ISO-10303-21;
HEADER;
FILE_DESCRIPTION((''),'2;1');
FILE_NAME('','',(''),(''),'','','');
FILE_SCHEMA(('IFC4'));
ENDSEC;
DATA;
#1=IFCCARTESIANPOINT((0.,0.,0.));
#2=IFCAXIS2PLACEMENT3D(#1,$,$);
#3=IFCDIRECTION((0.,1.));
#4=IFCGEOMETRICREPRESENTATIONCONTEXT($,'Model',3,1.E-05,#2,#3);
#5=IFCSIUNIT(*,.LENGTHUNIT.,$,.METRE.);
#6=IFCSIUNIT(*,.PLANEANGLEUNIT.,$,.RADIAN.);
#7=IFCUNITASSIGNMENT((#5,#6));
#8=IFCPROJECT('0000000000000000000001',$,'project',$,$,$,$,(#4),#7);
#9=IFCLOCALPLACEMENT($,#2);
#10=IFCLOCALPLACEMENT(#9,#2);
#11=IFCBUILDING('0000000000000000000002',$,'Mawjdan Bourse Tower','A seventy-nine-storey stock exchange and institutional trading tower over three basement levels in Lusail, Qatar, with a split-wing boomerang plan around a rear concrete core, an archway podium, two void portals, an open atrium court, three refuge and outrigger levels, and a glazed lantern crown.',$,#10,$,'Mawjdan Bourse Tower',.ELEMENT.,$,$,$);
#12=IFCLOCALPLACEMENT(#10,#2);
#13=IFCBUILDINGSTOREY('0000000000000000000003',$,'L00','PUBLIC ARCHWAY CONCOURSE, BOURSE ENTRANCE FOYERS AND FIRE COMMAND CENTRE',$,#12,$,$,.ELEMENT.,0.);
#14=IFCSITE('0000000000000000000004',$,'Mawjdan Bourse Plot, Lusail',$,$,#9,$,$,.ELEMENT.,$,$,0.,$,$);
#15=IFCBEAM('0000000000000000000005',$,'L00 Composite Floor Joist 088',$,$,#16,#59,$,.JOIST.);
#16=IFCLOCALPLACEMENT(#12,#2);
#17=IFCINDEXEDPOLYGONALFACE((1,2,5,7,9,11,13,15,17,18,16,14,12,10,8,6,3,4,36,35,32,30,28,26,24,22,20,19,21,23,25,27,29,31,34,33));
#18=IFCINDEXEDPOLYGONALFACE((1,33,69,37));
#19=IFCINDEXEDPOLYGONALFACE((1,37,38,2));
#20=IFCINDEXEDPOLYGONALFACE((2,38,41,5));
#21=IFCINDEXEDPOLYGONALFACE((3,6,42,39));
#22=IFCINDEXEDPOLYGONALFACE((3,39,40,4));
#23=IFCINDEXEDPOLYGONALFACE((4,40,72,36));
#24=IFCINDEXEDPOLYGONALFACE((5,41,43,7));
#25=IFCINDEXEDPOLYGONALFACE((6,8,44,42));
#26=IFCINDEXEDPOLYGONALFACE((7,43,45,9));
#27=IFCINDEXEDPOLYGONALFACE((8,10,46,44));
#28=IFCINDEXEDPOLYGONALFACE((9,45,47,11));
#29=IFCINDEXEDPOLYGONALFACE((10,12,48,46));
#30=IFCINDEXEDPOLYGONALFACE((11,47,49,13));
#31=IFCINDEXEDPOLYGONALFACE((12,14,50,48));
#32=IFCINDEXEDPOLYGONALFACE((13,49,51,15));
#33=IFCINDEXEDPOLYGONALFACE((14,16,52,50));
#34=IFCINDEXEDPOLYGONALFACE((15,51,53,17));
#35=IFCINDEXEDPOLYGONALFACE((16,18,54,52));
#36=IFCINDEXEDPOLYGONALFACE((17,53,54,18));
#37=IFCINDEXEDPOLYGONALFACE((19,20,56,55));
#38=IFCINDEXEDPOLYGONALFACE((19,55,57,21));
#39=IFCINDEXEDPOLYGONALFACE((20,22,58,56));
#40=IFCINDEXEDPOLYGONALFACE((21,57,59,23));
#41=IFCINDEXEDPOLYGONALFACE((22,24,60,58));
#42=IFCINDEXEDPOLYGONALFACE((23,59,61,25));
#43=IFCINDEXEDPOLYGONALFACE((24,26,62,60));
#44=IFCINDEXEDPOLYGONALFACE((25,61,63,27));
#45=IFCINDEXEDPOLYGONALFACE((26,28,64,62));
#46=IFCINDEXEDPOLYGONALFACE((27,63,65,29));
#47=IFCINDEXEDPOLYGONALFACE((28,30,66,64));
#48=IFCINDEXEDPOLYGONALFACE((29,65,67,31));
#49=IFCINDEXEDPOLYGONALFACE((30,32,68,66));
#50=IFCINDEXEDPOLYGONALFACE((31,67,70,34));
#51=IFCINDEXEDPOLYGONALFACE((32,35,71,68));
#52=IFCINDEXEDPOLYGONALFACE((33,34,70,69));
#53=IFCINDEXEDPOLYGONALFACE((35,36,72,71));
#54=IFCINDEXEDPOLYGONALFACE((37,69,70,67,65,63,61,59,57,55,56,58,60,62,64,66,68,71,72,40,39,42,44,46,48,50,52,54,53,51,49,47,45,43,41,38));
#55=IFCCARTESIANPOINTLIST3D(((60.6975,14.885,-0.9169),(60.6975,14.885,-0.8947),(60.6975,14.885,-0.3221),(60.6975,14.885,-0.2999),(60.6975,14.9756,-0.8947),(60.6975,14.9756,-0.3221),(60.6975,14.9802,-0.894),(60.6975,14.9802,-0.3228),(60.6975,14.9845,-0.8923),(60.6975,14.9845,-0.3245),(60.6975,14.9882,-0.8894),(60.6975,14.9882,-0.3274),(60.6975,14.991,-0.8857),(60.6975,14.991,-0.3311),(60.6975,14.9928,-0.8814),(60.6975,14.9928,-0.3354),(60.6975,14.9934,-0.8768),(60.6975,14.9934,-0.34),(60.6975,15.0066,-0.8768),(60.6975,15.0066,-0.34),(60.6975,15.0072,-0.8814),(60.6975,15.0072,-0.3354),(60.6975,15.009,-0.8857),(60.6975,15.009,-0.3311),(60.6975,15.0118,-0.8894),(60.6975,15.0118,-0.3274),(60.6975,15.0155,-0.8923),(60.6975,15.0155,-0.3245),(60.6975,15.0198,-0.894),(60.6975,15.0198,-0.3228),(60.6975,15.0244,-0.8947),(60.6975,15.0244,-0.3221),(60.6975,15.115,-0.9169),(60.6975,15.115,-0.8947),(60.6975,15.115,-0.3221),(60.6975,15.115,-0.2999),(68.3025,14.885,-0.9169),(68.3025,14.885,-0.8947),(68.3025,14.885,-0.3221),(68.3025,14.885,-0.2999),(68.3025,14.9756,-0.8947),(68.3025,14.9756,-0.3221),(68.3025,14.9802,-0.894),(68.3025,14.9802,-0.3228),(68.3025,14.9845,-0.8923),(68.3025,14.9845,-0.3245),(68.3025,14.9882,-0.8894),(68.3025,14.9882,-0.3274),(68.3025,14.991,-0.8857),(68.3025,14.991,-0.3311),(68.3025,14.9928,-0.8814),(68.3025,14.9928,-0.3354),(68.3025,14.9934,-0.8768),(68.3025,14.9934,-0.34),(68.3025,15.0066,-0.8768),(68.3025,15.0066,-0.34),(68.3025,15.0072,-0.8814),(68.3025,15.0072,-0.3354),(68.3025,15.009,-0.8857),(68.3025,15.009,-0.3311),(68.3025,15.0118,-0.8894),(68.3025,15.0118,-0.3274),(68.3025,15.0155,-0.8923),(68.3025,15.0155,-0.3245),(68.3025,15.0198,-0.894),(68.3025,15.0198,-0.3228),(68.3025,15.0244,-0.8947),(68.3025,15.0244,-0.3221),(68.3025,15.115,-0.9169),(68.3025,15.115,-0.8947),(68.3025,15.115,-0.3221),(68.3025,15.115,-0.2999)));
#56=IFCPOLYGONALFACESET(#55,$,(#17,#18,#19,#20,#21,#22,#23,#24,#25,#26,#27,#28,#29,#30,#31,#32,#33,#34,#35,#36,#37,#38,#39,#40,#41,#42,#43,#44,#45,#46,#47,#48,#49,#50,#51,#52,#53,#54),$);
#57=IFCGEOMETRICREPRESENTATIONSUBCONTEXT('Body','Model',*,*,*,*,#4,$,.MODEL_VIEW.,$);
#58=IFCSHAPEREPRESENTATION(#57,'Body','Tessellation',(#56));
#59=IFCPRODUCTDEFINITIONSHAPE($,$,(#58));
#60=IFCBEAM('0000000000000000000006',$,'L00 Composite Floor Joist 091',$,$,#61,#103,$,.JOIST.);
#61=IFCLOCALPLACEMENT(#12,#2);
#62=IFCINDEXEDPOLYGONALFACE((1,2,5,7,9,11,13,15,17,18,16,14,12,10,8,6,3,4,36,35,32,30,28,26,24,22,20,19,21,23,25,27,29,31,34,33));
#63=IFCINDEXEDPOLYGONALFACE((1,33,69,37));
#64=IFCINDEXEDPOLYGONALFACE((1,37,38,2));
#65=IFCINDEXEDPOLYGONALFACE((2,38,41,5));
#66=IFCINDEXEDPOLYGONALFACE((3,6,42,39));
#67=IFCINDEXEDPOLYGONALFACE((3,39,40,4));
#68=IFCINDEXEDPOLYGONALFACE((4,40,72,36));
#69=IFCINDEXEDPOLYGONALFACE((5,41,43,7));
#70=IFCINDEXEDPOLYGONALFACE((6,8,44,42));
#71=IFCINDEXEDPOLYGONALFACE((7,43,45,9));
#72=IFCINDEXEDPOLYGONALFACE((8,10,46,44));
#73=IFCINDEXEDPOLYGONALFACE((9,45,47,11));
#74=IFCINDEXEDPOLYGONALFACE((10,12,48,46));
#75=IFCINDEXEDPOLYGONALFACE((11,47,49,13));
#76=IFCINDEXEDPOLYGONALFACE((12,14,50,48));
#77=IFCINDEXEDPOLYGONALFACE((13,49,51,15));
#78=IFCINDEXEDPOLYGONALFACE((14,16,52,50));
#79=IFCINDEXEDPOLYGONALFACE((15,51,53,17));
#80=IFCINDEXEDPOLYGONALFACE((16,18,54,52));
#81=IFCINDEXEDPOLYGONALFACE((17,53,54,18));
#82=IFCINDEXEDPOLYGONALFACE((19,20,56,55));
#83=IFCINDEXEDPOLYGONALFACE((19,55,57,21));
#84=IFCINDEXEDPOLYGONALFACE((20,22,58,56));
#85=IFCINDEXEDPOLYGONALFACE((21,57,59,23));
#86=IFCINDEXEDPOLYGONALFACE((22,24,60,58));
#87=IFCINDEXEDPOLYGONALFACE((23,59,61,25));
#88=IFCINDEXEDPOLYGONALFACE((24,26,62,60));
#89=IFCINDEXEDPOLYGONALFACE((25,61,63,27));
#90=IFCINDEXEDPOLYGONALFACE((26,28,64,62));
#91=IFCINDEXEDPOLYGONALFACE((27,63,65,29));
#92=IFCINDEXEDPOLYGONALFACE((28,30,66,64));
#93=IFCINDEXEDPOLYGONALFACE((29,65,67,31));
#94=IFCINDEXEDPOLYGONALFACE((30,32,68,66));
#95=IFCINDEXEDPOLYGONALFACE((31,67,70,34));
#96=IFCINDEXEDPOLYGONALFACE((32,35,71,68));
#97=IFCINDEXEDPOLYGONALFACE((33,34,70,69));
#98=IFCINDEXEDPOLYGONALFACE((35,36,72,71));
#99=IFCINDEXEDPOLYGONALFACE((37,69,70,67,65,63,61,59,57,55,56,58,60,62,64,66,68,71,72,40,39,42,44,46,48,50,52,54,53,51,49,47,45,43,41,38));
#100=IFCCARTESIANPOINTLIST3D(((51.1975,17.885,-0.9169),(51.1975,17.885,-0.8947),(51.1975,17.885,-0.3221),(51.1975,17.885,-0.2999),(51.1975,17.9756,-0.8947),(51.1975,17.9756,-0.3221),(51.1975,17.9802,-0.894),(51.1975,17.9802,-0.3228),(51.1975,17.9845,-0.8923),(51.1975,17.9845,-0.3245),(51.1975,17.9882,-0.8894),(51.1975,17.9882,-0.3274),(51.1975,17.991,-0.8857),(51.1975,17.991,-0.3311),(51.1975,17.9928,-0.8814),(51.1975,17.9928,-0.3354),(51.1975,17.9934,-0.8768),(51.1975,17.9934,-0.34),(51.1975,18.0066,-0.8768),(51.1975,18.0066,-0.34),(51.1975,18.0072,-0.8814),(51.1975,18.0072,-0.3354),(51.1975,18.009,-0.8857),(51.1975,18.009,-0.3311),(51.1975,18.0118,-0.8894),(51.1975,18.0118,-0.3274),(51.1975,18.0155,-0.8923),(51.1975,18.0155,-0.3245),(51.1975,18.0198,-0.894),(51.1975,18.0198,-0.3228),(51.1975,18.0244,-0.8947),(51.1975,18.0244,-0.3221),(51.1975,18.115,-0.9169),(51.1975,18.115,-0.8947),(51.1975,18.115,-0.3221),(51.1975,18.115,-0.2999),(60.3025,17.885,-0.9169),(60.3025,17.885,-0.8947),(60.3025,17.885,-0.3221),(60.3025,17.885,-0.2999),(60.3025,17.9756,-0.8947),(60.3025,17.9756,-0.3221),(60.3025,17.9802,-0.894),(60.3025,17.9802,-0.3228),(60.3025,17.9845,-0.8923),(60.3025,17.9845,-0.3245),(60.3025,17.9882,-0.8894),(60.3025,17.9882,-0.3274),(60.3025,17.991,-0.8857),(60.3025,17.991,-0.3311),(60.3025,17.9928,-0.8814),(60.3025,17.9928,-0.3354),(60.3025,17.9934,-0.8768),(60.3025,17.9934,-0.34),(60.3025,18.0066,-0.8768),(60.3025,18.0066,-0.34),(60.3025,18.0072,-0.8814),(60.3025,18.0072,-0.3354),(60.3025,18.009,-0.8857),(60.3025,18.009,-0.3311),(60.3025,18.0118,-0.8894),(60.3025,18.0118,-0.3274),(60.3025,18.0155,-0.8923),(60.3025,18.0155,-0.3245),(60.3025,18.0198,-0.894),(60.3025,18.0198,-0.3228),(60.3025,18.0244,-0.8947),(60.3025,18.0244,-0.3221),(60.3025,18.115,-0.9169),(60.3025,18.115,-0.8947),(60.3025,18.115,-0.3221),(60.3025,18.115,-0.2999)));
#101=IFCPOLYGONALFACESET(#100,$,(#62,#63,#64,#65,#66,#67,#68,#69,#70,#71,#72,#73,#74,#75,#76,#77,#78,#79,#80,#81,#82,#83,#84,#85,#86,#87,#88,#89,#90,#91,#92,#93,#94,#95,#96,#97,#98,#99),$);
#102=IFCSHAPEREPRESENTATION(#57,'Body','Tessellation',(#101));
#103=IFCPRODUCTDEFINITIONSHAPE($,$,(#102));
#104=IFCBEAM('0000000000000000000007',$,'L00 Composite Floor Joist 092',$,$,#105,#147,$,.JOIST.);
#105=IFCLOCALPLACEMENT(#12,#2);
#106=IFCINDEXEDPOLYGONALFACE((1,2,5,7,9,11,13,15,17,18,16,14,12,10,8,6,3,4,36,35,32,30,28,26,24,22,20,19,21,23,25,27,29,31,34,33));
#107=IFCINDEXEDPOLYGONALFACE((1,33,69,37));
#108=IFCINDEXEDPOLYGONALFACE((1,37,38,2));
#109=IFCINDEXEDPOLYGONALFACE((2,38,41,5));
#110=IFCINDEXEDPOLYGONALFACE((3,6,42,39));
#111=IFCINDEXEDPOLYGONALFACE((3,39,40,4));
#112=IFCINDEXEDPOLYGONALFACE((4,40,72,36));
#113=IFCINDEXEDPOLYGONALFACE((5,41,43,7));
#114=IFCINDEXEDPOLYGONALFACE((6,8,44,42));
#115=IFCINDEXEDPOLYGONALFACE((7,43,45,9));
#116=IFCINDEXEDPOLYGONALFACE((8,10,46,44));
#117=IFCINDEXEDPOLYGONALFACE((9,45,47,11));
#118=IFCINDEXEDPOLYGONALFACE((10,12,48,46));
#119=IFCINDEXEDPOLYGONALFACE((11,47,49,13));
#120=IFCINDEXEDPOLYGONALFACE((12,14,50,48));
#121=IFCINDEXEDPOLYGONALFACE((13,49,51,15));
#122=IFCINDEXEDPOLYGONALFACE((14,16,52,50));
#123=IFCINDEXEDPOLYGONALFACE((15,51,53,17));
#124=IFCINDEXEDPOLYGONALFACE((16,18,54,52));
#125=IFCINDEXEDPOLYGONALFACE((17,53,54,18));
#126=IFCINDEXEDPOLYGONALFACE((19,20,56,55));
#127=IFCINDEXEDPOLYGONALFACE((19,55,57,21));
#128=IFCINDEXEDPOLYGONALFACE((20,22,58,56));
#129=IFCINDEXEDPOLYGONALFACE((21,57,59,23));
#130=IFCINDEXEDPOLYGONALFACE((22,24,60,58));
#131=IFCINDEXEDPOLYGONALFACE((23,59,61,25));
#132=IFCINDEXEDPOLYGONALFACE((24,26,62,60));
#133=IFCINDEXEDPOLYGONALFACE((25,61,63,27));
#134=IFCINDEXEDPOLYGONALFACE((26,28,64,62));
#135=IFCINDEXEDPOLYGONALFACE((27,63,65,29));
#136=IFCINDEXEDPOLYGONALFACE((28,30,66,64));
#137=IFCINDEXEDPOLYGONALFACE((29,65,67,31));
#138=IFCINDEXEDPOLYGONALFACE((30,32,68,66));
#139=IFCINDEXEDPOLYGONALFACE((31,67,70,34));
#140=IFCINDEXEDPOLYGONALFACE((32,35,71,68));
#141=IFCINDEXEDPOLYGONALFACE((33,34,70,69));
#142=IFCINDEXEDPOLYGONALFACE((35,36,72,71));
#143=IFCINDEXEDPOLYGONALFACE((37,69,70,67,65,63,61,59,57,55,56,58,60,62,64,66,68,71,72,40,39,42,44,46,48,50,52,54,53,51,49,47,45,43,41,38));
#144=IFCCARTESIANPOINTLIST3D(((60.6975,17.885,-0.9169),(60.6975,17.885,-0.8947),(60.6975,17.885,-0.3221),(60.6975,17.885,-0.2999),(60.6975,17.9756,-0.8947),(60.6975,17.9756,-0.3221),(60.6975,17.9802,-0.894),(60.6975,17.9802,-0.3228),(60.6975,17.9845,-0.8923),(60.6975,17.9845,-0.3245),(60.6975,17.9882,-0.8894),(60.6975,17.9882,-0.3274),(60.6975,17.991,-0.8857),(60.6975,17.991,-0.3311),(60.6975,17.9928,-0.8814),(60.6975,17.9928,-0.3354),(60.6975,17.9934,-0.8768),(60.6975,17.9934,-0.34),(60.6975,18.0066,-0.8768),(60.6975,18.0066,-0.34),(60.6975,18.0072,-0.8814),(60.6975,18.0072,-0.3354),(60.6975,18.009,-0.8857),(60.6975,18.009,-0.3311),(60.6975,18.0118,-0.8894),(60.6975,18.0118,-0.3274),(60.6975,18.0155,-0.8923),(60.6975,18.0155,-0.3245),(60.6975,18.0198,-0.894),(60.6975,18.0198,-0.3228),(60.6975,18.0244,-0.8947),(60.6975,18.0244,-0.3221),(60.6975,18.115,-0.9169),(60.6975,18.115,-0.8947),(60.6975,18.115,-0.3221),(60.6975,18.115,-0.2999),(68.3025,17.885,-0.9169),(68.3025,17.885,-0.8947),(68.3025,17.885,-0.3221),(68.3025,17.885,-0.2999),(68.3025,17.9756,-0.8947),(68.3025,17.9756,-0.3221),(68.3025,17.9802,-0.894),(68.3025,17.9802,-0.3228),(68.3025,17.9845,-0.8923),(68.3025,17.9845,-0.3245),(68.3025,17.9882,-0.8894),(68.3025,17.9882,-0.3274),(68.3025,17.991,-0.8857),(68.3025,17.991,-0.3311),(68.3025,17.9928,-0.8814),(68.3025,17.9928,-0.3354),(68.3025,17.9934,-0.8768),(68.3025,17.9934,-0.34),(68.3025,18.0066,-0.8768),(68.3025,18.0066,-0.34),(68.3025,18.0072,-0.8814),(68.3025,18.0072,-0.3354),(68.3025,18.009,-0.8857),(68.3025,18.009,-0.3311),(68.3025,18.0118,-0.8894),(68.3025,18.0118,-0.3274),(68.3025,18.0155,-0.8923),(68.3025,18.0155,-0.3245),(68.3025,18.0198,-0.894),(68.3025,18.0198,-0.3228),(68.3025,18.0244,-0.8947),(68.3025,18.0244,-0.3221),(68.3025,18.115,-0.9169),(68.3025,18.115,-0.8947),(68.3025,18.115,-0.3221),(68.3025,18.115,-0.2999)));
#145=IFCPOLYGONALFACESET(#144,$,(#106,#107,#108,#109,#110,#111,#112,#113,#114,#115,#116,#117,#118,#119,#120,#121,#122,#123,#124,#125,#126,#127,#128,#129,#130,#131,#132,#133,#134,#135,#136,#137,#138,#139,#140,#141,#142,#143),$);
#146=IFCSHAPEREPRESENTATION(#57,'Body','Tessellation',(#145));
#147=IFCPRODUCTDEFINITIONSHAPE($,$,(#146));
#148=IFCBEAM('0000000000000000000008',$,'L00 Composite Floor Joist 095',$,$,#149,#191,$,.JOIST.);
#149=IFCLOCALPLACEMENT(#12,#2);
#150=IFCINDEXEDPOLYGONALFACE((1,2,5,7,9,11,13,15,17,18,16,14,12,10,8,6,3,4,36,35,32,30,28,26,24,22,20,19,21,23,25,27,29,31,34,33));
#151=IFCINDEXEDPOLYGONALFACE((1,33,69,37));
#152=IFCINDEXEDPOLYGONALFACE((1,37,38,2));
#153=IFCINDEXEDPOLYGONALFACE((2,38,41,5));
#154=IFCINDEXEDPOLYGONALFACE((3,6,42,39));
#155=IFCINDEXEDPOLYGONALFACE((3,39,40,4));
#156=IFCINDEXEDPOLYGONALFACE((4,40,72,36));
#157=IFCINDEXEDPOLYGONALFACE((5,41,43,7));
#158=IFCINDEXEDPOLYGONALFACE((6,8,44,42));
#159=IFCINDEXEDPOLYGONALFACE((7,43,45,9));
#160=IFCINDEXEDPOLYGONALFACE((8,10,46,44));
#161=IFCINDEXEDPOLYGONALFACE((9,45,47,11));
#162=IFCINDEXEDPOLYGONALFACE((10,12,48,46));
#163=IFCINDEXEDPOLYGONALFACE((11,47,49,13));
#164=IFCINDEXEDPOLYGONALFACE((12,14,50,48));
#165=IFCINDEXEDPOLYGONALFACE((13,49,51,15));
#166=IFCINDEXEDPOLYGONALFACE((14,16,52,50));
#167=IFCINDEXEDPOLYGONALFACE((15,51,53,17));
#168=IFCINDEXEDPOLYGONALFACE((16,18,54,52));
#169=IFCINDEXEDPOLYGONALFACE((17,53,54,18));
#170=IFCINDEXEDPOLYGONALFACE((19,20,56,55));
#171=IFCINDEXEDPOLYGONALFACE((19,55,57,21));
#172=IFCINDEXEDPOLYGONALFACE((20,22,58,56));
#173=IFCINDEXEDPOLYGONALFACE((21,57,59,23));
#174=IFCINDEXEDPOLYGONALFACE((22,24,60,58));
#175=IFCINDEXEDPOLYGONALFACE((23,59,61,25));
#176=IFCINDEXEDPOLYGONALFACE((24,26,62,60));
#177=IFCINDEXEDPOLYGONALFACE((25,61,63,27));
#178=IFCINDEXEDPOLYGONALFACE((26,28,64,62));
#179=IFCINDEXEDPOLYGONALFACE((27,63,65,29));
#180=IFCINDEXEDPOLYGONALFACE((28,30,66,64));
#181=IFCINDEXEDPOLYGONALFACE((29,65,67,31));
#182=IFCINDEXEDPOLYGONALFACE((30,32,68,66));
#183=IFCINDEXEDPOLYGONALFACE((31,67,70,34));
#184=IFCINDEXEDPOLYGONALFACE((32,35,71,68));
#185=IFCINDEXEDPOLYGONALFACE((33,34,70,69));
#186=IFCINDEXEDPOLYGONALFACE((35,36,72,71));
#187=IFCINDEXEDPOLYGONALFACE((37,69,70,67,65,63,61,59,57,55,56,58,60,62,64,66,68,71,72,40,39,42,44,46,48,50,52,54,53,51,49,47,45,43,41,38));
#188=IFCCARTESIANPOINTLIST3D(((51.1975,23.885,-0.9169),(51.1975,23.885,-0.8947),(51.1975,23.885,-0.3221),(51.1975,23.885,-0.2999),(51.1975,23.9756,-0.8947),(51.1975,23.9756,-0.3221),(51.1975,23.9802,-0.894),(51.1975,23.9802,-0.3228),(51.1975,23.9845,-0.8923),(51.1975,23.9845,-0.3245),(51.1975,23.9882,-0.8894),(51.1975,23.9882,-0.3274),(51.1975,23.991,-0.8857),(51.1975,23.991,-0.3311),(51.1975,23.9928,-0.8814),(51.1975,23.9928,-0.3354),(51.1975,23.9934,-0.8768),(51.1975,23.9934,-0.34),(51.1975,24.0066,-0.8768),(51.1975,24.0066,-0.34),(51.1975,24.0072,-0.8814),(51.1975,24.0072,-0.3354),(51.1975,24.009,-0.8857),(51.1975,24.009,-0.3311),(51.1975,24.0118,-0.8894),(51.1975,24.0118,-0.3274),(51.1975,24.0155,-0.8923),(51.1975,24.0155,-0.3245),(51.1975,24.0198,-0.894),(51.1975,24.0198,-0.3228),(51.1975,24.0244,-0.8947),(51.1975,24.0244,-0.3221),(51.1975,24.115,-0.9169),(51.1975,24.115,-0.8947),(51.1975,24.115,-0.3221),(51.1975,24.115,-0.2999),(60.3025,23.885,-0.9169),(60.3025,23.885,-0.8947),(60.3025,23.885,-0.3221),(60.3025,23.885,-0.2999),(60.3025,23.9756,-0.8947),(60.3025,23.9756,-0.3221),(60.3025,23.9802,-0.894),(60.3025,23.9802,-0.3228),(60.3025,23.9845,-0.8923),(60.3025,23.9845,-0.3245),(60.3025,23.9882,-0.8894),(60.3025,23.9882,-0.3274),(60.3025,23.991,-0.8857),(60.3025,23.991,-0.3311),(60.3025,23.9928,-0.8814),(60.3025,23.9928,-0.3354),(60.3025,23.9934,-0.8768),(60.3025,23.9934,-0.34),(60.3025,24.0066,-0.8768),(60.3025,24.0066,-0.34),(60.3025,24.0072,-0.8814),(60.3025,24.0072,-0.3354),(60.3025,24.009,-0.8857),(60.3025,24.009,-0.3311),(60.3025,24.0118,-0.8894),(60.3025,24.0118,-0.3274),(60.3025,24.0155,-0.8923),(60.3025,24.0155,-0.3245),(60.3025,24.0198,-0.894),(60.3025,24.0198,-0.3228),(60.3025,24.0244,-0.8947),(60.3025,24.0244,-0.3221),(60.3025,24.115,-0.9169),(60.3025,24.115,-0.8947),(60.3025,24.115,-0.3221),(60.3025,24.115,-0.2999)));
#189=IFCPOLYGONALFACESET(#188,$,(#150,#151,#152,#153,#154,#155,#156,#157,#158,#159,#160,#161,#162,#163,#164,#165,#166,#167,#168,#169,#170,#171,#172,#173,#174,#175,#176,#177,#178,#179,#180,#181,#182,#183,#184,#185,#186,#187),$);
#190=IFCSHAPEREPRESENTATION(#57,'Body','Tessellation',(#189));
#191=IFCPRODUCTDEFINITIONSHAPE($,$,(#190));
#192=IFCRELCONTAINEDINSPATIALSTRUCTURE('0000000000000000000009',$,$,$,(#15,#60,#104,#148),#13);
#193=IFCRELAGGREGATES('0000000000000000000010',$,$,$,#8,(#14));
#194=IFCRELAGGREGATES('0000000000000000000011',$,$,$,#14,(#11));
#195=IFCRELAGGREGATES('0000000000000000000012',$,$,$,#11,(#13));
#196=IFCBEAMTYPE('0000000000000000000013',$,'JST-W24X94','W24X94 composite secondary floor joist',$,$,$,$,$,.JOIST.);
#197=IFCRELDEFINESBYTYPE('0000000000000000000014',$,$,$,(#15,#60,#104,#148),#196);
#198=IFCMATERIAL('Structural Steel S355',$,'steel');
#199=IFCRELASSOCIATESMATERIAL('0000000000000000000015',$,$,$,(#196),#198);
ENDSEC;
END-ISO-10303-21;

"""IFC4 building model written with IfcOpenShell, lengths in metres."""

from ifc_helpers import new_model, si_unit, direction, frame, origin, origin_2d, place, context, subcontext, project, spatial, i_section, extrude, material, material_profile, profile_set, type_object, element, save


model = new_model("IFC4")

# Units and contexts
model_context = context("Model", 3, precision=1e-05, world=origin(), true_north=direction((0.0, 1.0)))
body_context = subcontext(model_context, "Body", "Model", "MODEL_VIEW")
ifc_project = project(units=[si_unit("LENGTHUNIT", "METRE"), si_unit("PLANEANGLEUNIT", "RADIAN")], contexts=[model_context])

# Site, building, storey
site_placement = place(None, origin())
site = spatial("IfcSite", under=ifc_project, at=site_placement, Name="Mawjdan Bourse Plot, Lusail", CompositionType="ELEMENT", RefElevation=0.0)
building_placement = place(site_placement, origin())
building = spatial("IfcBuilding", under=site, at=building_placement, Name="Mawjdan Bourse Tower", Description="A seventy-nine-storey stock exchange and institutional trading tower over three basement levels in Lusail, Qatar, with a split-wing boomerang plan around a rear concrete core, an archway podium, two void portals, an open atrium court, three refuge and outrigger levels, and a glazed lantern crown.", LongName="Mawjdan Bourse Tower", CompositionType="ELEMENT")
storey_placement = place(building_placement, origin())
storey = spatial("IfcBuildingStorey", under=building, at=storey_placement, Name="L00", Description="PUBLIC ARCHWAY CONCOURSE, BOURSE ENTRANCE FOYERS AND FIRE COMMAND CENTRE", CompositionType="ELEMENT", Elevation=0.0)

# Beams
ifc_material_1 = material(Name="Structural Steel S355", Category="steel")
ifc_material_profile_1 = material_profile(ifc_material_1, i_section(OverallWidth=0.23, OverallDepth=0.6169, WebThickness=0.0132, FlangeThickness=0.0222, FilletRadius=0.0178, at=origin_2d()), Name="W24X94")
ifc_profile_set_1 = profile_set([ifc_material_profile_1], Name="Structural Steel S355")
beam_type_1 = type_object("IfcBeamType", Name="JST-W24X94", Description="W24X94 composite secondary floor joist", PredefinedType="JOIST", material=ifc_profile_set_1)
beam_1_placement = place(storey_placement, frame((60.6975, 15.0, -0.6084), z_axis=(1.0, 0.0, 0.0), x_axis=(0.0, 1.0, 0.0)))
element("IfcBeam", 1, at=beam_1_placement, inside=storey, type_object=beam_type_1, Name="L00 Composite Floor Joist 088", PredefinedType="JOIST", context=body_context, shape_type="SweptSolid", body=[
    extrude(i_section(OverallWidth=0.23, OverallDepth=0.6169, WebThickness=0.0132, FlangeThickness=0.0222, FilletRadius=0.0178, at=origin_2d()), origin(), (0.0, 0.0, 1.0), 7.605),
])
beam_2_placement = place(storey_placement, frame((51.1975, 18.0, -0.6084), z_axis=(1.0, 0.0, 0.0), x_axis=(0.0, 1.0, 0.0)))
element("IfcBeam", 2, at=beam_2_placement, inside=storey, type_object=beam_type_1, Name="L00 Composite Floor Joist 091", PredefinedType="JOIST", context=body_context, shape_type="SweptSolid", body=[
    extrude(i_section(OverallWidth=0.23, OverallDepth=0.6169, WebThickness=0.0132, FlangeThickness=0.0222, FilletRadius=0.0178, at=origin_2d()), origin(), (0.0, 0.0, 1.0), 9.105),
])
beam_3_placement = place(storey_placement, frame((60.6975, 18.0, -0.6084), z_axis=(1.0, 0.0, 0.0), x_axis=(0.0, 1.0, 0.0)))
element("IfcBeam", 3, at=beam_3_placement, inside=storey, type_object=beam_type_1, Name="L00 Composite Floor Joist 092", PredefinedType="JOIST", context=body_context, shape_type="SweptSolid", body=[
    extrude(i_section(OverallWidth=0.23, OverallDepth=0.6169, WebThickness=0.0132, FlangeThickness=0.0222, FilletRadius=0.0178, at=origin_2d()), origin(), (0.0, 0.0, 1.0), 7.605),
])
beam_4_placement = place(storey_placement, frame((51.1975, 24.0, -0.6084), z_axis=(1.0, 0.0, 0.0), x_axis=(0.0, 1.0, 0.0)))
element("IfcBeam", 4, at=beam_4_placement, inside=storey, type_object=beam_type_1, Name="L00 Composite Floor Joist 095", PredefinedType="JOIST", context=body_context, shape_type="SweptSolid", body=[
    extrude(i_section(OverallWidth=0.23, OverallDepth=0.6169, WebThickness=0.0132, FlangeThickness=0.0222, FilletRadius=0.0178, at=origin_2d()), origin(), (0.0, 0.0, 1.0), 9.105),
])

save(model, "model.ifc")
